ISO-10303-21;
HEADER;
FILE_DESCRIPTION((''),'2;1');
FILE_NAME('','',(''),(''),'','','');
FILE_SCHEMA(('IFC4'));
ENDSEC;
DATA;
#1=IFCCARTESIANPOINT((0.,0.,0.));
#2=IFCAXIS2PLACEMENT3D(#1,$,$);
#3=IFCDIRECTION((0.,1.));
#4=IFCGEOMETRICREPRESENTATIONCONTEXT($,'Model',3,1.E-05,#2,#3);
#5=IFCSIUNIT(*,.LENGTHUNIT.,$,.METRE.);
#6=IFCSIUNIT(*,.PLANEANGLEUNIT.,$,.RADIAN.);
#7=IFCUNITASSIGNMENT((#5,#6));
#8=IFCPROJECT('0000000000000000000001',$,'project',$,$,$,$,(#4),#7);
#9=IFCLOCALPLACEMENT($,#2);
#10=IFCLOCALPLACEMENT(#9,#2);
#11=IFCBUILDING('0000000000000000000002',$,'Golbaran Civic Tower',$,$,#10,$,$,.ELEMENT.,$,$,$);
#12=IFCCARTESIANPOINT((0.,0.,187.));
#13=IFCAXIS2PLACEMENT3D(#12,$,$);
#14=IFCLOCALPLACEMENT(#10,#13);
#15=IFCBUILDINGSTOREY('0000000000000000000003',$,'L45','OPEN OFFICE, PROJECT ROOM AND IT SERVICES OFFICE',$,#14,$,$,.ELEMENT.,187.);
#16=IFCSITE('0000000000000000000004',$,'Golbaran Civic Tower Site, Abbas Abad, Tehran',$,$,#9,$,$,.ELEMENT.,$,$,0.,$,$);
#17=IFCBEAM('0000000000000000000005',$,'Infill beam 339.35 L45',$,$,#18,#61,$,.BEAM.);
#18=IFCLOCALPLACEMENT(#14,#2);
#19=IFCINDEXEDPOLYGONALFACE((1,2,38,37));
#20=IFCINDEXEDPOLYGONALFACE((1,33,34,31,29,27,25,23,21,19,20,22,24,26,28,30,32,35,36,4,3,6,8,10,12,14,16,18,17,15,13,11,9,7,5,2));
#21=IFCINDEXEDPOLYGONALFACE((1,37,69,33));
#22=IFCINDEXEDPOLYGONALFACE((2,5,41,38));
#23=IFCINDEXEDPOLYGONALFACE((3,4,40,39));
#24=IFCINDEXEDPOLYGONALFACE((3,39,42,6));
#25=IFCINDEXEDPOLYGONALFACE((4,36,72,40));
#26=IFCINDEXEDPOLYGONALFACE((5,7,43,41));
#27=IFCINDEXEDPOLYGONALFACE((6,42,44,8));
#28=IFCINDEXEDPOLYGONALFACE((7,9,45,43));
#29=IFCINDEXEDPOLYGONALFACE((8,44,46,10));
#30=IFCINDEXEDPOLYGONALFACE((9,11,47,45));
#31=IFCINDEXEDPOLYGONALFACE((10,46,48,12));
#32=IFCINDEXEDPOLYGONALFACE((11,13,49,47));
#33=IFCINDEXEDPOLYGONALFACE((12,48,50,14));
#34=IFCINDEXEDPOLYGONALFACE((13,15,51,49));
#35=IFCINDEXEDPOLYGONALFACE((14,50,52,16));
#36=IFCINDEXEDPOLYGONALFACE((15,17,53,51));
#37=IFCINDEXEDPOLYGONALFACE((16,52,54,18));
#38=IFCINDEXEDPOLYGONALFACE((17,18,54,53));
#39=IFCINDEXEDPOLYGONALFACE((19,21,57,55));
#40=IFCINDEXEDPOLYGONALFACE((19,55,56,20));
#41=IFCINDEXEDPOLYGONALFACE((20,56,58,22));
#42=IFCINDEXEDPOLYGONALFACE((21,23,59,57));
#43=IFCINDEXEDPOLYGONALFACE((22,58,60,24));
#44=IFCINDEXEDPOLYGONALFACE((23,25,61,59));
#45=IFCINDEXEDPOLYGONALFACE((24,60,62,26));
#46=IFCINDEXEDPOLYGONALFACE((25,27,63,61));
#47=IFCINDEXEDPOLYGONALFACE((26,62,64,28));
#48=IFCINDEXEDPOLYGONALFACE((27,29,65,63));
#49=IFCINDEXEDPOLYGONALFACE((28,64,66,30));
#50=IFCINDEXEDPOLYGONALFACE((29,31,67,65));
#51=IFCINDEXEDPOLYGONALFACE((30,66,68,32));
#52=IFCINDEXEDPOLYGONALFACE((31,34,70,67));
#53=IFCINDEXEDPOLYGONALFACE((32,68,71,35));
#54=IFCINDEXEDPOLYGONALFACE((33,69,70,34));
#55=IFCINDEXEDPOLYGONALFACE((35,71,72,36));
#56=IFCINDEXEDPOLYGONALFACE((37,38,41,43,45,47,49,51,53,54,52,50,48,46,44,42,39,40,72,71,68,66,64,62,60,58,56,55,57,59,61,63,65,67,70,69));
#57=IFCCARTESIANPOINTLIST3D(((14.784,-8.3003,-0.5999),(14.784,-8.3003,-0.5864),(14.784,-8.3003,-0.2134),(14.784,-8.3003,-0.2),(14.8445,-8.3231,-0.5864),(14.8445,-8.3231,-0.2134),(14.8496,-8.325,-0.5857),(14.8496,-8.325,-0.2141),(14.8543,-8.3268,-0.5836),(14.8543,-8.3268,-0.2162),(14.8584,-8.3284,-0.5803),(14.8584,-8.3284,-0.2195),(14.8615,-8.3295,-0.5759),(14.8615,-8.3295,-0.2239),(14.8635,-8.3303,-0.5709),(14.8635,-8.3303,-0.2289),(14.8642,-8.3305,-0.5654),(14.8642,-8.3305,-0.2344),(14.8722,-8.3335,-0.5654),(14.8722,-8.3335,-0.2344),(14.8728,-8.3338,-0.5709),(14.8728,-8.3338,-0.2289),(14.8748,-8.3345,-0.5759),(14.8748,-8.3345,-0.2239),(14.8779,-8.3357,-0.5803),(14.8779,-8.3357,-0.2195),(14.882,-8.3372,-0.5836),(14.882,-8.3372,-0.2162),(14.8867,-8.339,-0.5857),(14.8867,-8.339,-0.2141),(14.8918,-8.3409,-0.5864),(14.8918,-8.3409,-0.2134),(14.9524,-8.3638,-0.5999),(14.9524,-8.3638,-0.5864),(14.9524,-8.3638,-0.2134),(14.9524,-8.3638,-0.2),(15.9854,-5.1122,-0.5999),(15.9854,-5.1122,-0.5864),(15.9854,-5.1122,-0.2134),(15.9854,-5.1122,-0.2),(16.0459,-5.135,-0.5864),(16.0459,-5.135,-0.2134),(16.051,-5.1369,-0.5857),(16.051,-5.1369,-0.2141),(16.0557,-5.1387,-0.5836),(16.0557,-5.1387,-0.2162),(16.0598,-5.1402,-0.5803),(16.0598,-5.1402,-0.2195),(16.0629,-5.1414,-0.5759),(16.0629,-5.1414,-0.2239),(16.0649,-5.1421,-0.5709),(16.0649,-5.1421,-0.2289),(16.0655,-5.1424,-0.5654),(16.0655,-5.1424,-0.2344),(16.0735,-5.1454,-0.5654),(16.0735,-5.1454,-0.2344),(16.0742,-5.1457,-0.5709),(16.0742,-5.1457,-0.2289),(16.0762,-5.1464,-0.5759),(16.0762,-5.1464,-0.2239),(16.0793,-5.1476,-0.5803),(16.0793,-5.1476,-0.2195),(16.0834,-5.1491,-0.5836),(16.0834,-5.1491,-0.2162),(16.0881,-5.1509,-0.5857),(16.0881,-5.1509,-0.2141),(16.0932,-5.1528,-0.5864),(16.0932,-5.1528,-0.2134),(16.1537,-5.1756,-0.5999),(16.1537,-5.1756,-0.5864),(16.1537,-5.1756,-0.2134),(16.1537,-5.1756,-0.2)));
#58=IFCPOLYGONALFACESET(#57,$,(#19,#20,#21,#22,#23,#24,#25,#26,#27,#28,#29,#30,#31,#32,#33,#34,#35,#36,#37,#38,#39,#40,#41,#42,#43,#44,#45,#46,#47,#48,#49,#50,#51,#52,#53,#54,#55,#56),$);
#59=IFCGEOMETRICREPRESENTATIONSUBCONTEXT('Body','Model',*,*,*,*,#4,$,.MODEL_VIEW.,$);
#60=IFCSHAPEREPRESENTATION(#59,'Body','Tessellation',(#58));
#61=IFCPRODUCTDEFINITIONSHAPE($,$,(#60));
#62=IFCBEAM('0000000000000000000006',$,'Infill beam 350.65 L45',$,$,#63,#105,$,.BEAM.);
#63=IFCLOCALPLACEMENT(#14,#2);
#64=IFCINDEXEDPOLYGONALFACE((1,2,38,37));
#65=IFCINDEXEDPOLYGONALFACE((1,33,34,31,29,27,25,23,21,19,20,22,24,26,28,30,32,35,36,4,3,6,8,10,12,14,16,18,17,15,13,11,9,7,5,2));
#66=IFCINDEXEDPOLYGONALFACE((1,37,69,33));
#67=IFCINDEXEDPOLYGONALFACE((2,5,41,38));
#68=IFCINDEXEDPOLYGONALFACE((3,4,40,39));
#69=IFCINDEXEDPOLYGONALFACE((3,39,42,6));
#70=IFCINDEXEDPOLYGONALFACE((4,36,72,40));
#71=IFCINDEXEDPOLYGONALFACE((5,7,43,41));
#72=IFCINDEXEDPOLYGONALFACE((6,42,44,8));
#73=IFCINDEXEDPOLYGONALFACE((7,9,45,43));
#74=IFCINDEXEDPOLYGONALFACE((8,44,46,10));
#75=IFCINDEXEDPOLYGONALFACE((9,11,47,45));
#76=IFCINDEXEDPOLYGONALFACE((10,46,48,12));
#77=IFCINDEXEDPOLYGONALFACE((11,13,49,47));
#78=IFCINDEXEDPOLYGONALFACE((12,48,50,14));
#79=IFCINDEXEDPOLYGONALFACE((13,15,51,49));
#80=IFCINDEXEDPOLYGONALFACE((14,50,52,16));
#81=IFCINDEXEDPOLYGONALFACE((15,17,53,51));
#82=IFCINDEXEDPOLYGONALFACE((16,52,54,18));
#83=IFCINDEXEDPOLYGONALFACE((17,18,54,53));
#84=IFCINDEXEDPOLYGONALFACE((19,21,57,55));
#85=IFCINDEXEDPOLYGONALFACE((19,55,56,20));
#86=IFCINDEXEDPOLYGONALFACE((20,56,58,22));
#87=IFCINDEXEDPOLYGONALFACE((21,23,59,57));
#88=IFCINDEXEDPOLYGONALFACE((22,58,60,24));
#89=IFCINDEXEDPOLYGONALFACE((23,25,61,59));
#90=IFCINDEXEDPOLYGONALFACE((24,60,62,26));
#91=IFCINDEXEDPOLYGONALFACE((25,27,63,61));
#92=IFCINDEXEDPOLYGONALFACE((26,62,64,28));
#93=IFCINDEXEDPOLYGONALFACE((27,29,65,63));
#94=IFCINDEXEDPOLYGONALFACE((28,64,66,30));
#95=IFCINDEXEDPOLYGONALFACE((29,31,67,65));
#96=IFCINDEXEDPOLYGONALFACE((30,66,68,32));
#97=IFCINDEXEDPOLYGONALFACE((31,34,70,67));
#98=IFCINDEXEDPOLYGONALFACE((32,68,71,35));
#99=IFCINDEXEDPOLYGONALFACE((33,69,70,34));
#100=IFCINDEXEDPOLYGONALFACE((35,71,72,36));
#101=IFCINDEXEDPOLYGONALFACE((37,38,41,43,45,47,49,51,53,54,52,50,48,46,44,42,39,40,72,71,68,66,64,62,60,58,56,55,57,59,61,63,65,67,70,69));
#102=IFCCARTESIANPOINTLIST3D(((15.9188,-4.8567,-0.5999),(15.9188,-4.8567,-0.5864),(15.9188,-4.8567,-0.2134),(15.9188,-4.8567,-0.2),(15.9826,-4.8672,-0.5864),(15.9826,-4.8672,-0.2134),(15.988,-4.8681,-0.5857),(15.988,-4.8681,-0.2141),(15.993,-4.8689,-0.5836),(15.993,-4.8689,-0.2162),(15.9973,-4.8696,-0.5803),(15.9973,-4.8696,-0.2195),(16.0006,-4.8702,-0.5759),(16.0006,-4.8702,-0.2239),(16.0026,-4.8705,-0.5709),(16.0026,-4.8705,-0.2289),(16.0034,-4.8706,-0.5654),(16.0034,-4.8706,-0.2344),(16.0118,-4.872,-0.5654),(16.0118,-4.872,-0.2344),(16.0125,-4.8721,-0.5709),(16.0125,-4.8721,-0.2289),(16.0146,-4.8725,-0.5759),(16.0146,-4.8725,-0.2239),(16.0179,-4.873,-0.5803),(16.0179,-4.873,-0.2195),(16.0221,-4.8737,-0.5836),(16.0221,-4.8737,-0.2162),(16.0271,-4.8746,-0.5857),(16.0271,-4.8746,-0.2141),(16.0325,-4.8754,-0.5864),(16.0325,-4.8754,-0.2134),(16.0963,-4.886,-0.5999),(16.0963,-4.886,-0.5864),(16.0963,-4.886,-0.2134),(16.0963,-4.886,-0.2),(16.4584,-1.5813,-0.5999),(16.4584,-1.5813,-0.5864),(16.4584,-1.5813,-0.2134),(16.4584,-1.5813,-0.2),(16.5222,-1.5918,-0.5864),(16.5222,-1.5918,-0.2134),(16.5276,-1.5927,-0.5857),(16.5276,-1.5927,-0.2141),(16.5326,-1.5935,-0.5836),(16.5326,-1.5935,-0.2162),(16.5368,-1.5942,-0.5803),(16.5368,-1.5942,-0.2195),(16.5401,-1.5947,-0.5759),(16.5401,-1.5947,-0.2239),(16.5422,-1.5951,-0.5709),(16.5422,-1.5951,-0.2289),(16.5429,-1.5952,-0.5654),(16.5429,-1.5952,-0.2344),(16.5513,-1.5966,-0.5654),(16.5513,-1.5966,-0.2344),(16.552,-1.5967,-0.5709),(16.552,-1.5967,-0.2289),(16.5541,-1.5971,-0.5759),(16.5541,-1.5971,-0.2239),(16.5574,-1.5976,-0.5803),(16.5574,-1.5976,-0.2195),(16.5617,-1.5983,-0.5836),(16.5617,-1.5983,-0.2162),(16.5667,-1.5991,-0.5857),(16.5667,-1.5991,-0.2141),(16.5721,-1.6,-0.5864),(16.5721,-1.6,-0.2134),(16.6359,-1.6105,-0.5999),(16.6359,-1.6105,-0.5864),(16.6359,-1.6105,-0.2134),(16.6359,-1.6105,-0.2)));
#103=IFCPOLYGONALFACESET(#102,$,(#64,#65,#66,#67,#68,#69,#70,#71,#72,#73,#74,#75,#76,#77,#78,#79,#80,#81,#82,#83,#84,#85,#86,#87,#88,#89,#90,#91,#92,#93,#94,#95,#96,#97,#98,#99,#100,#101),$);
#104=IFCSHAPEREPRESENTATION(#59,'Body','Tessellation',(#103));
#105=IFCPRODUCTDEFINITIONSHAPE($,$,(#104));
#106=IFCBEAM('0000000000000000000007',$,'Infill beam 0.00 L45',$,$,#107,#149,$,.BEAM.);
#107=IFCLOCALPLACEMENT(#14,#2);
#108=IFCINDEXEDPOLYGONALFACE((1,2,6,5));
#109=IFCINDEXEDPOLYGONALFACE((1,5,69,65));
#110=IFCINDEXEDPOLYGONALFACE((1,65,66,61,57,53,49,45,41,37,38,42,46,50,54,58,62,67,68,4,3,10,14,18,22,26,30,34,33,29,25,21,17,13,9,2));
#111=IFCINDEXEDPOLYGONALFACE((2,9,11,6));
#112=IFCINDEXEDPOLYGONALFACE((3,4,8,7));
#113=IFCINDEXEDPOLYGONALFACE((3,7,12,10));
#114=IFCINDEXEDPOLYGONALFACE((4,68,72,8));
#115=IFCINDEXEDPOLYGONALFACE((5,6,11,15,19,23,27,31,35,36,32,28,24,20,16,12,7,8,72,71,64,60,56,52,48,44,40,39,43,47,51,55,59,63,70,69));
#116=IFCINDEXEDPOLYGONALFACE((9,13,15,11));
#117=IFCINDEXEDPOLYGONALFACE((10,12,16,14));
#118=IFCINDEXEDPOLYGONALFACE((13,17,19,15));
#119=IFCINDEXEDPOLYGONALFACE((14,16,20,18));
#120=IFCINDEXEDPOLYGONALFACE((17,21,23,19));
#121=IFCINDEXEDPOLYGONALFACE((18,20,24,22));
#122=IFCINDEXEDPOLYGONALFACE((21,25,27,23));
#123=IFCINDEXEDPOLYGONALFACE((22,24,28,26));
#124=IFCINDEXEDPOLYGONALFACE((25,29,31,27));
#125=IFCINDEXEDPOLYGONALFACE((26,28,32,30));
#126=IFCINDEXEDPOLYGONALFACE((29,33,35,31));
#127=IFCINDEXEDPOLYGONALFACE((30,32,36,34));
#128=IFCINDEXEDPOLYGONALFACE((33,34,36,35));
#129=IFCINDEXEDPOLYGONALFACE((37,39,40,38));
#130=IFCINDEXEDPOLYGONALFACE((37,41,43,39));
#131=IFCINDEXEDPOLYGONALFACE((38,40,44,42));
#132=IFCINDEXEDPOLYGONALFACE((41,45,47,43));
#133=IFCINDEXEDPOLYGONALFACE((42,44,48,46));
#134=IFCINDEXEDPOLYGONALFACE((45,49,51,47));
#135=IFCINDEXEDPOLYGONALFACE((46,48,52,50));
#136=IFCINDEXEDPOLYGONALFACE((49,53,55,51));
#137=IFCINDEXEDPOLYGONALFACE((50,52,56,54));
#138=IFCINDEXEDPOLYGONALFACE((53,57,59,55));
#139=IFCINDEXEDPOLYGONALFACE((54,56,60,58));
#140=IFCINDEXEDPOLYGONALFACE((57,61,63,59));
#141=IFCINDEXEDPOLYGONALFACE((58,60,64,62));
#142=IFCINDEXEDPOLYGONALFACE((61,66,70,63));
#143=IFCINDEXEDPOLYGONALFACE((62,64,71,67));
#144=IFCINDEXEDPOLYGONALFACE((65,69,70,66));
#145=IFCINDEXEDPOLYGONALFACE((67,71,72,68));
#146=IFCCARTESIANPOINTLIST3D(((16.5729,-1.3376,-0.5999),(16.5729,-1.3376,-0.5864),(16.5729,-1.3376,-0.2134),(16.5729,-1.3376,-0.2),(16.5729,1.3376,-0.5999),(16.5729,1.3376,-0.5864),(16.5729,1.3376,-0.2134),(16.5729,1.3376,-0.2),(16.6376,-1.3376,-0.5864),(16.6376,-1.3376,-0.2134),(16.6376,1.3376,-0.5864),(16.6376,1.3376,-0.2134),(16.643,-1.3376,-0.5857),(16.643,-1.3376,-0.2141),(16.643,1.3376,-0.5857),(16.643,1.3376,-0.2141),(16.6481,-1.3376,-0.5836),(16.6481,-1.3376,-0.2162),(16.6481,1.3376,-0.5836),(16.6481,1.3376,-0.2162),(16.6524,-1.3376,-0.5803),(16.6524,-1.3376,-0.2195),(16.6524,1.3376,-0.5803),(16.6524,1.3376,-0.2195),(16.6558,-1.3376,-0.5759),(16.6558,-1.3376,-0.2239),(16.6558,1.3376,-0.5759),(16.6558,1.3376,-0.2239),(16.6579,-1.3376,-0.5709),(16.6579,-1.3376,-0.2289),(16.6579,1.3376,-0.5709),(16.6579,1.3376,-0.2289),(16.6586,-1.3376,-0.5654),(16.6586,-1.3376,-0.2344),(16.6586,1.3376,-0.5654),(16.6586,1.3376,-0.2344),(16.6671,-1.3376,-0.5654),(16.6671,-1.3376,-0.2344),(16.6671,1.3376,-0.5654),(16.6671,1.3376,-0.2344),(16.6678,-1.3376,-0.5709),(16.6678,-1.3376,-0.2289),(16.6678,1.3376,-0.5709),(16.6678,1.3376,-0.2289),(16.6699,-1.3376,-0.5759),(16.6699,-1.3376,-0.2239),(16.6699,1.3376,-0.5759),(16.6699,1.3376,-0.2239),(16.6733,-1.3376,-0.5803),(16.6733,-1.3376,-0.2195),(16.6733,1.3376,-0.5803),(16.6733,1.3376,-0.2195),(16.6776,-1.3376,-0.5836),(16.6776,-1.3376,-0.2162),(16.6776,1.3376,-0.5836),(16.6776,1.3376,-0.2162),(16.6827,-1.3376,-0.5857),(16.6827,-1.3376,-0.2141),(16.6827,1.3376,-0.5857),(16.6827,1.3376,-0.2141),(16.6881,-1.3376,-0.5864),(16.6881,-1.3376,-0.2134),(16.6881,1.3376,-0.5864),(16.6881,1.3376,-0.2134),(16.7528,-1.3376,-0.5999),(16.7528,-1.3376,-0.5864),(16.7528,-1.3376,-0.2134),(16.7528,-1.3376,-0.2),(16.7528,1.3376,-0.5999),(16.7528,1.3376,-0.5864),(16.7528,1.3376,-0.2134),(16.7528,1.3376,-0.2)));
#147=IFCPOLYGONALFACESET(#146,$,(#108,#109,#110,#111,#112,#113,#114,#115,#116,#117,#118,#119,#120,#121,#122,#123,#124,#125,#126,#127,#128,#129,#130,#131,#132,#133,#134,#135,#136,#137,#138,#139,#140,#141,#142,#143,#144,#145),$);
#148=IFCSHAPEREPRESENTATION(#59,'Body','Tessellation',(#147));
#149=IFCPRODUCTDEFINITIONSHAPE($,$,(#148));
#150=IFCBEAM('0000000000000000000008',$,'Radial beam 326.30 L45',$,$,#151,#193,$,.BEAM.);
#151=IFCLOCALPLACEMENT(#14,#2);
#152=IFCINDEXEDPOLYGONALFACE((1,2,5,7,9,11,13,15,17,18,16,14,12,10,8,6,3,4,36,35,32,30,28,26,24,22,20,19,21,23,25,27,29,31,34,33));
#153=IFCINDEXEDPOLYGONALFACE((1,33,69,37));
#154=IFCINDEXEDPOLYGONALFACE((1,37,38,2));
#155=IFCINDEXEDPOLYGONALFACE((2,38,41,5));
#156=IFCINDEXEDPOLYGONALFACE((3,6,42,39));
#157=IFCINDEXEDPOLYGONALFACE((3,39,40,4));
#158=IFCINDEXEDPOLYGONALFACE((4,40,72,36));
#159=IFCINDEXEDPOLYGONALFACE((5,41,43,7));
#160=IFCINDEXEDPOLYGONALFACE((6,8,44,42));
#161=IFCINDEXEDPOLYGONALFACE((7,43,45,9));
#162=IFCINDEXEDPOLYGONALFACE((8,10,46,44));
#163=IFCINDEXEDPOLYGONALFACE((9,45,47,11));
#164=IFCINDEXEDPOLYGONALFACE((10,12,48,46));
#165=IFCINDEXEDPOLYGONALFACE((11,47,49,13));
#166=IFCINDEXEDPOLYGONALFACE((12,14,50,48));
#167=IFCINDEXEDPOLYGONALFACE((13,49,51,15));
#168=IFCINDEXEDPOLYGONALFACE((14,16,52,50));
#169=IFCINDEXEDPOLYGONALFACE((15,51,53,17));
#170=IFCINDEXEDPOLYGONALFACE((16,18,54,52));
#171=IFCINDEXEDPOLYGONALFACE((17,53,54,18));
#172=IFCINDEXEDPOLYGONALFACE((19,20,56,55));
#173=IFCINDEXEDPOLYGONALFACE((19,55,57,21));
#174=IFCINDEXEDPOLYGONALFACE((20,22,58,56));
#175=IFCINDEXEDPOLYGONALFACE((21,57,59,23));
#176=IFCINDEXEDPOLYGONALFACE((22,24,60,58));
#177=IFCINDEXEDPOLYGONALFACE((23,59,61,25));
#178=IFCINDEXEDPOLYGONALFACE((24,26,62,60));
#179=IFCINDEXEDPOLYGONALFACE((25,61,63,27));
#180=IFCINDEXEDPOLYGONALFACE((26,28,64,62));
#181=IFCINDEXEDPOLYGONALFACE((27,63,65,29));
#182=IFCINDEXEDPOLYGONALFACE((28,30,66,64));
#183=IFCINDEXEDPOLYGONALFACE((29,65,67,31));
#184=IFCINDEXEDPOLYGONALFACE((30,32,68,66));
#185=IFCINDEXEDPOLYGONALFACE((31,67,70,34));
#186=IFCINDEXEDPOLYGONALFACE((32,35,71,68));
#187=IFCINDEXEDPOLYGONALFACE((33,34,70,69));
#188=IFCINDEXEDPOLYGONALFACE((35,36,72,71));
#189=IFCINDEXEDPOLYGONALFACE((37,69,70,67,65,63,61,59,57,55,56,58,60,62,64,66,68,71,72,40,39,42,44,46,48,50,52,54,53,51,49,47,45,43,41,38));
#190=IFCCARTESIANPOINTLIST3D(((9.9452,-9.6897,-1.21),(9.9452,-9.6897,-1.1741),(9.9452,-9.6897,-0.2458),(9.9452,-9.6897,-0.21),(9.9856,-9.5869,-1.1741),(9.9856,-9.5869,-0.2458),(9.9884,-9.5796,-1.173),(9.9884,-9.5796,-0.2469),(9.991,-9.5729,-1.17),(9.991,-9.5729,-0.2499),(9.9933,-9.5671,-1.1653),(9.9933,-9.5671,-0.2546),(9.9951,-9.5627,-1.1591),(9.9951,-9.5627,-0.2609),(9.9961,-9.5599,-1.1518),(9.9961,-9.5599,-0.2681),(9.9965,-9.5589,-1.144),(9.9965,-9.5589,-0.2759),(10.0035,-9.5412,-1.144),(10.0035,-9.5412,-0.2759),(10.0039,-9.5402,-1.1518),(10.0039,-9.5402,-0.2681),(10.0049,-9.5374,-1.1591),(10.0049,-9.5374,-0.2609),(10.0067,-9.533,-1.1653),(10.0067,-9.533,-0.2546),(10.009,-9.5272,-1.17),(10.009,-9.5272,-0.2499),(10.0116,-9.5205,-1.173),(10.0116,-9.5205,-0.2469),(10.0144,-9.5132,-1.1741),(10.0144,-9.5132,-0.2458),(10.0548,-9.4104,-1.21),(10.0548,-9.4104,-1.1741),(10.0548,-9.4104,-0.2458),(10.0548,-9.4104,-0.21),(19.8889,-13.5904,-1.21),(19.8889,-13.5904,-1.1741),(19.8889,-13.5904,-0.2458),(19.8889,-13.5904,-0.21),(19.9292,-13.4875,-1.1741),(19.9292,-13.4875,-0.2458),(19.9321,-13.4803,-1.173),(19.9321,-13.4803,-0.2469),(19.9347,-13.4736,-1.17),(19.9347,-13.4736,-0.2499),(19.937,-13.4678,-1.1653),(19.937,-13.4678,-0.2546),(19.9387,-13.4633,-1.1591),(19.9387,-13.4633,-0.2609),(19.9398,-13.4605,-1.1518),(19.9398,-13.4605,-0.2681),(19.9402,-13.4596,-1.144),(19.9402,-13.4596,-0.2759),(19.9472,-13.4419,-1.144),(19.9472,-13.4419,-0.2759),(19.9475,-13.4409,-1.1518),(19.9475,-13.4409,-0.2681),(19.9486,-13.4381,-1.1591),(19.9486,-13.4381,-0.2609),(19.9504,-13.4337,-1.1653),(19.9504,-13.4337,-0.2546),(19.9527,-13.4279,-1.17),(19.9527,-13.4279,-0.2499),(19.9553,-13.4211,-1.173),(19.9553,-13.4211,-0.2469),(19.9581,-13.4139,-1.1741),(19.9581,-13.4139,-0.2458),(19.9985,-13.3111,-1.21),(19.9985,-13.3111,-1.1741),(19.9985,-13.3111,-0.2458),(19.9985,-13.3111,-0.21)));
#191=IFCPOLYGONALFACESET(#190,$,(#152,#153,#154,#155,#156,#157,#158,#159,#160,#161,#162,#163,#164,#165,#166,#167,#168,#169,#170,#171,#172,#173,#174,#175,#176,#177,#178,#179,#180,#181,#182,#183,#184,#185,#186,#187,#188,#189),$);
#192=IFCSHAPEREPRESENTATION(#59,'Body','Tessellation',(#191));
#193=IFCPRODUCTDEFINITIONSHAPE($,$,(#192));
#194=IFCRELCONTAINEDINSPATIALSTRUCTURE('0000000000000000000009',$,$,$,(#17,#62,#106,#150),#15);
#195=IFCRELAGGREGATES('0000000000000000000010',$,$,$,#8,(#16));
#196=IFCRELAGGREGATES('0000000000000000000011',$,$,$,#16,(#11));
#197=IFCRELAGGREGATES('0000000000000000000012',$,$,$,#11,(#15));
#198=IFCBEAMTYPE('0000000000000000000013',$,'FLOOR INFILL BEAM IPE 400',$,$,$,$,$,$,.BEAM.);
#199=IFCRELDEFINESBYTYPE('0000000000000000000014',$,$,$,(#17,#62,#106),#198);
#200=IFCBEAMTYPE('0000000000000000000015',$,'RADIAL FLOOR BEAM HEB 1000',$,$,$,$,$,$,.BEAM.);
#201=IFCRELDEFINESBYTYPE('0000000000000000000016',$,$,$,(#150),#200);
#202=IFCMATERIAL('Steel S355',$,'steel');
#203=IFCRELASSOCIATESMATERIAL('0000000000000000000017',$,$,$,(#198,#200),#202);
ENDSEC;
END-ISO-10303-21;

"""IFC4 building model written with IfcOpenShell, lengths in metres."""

from ifc_helpers import new_model, si_unit, direction, frame, origin, origin_2d, place, context, subcontext, project, spatial, i_section, extrude, material, material_profile, profile_set, type_object, element, save


model = new_model("IFC4")

# Units and contexts
model_context = context("Model", 3, precision=1e-05, world=origin(), true_north=direction((0.0, 1.0)))
body_context = subcontext(model_context, "Body", "Model", "MODEL_VIEW")
ifc_project = project(units=[si_unit("LENGTHUNIT", "METRE"), si_unit("PLANEANGLEUNIT", "RADIAN")], contexts=[model_context])

# Site, building, storey
site_placement = place(None, origin())
site = spatial("IfcSite", under=ifc_project, at=site_placement, Name="Golbaran Civic Tower Site, Abbas Abad, Tehran", CompositionType="ELEMENT", RefElevation=0.0)
building_placement = place(site_placement, origin())
building = spatial("IfcBuilding", under=site, at=building_placement, Name="Golbaran Civic Tower", CompositionType="ELEMENT")
storey_placement = place(building_placement, frame((0.0, 0.0, 187.0)))
storey = spatial("IfcBuildingStorey", under=building, at=storey_placement, Name="L45", Description="OPEN OFFICE, PROJECT ROOM AND IT SERVICES OFFICE", CompositionType="ELEMENT", Elevation=187.0)

# Beams
ifc_material_1 = material(Name="Steel S355", Category="steel")
ifc_material_profile_1 = material_profile(ifc_material_1, i_section(OverallWidth=0.1799, OverallDepth=0.3999, WebThickness=0.0085, FlangeThickness=0.0134, FilletRadius=0.021, at=origin_2d()), Name="IPE 400")
ifc_profile_set_1 = profile_set([ifc_material_profile_1], Name="Steel S355")
beam_type_1 = type_object("IfcBeamType", Name="FLOOR INFILL BEAM IPE 400", PredefinedType="BEAM", material=ifc_profile_set_1)
beam_1_placement = place(storey_placement, frame((14.8682, -8.332, -0.3999), z_axis=(0.352623, 0.935766, 0.0), x_axis=(-0.935766, 0.352623, 0.0)))
element("IfcBeam", 1, at=beam_1_placement, inside=storey, type_object=beam_type_1, Name="Infill beam 339.35 L45", PredefinedType="BEAM", context=body_context, shape_type="SweptSolid", body=[
    extrude(i_section(OverallWidth=0.1799, OverallDepth=0.3999, WebThickness=0.0085, FlangeThickness=0.0134, FilletRadius=0.021, at=origin_2d()), origin(), (0.0, 0.0, 1.0), 3.407),
])
beam_2_placement = place(storey_placement, frame((16.0076, -4.8713, -0.3999), z_axis=(0.162538, 0.986702, 0.0), x_axis=(-0.986702, 0.162538, 0.0)))
element("IfcBeam", 2, at=beam_2_placement, inside=storey, type_object=beam_type_1, Name="Infill beam 350.65 L45", PredefinedType="BEAM", context=body_context, shape_type="SweptSolid", body=[
    extrude(i_section(OverallWidth=0.1799, OverallDepth=0.3999, WebThickness=0.0085, FlangeThickness=0.0134, FilletRadius=0.021, at=origin_2d()), origin(), (0.0, 0.0, 1.0), 3.3196),
])
beam_3_placement = place(storey_placement, frame((16.6628, -1.3376, -0.3999), z_axis=(0.0, 1.0, 0.0), x_axis=(-1.0, 0.0, 0.0)))
element("IfcBeam", 3, at=beam_3_placement, inside=storey, type_object=beam_type_1, Name="Infill beam 0.00 L45", PredefinedType="BEAM", context=body_context, shape_type="SweptSolid", body=[
    extrude(i_section(OverallWidth=0.1799, OverallDepth=0.3999, WebThickness=0.0085, FlangeThickness=0.0134, FilletRadius=0.021, at=origin_2d()), origin(), (0.0, 0.0, 1.0), 2.6753),
])
ifc_material_profile_2 = material_profile(ifc_material_1, i_section(OverallWidth=0.3, OverallDepth=1.0, WebThickness=0.019, FlangeThickness=0.0359, FilletRadius=0.03, at=origin_2d()), Name="HEB 1000")
ifc_profile_set_2 = profile_set([ifc_material_profile_2], Name="Steel S355")
beam_type_2 = type_object("IfcBeamType", Name="RADIAL FLOOR BEAM HEB 1000", PredefinedType="BEAM", material=ifc_profile_set_2)
beam_4_placement = place(storey_placement, frame((10.0, -9.55, -0.71), z_axis=(0.930936, -0.365183, 0.0), x_axis=(0.365183, 0.930936, 0.0)))
element("IfcBeam", 4, at=beam_4_placement, inside=storey, type_object=beam_type_2, Name="Radial beam 326.30 L45", PredefinedType="BEAM", context=body_context, shape_type="SweptSolid", body=[
    extrude(i_section(OverallWidth=0.3, OverallDepth=1.0, WebThickness=0.019, FlangeThickness=0.0359, FilletRadius=0.03, at=origin_2d()), origin(), (0.0, 0.0, 1.0), 10.6814),
])

save(model, "model.ifc")
